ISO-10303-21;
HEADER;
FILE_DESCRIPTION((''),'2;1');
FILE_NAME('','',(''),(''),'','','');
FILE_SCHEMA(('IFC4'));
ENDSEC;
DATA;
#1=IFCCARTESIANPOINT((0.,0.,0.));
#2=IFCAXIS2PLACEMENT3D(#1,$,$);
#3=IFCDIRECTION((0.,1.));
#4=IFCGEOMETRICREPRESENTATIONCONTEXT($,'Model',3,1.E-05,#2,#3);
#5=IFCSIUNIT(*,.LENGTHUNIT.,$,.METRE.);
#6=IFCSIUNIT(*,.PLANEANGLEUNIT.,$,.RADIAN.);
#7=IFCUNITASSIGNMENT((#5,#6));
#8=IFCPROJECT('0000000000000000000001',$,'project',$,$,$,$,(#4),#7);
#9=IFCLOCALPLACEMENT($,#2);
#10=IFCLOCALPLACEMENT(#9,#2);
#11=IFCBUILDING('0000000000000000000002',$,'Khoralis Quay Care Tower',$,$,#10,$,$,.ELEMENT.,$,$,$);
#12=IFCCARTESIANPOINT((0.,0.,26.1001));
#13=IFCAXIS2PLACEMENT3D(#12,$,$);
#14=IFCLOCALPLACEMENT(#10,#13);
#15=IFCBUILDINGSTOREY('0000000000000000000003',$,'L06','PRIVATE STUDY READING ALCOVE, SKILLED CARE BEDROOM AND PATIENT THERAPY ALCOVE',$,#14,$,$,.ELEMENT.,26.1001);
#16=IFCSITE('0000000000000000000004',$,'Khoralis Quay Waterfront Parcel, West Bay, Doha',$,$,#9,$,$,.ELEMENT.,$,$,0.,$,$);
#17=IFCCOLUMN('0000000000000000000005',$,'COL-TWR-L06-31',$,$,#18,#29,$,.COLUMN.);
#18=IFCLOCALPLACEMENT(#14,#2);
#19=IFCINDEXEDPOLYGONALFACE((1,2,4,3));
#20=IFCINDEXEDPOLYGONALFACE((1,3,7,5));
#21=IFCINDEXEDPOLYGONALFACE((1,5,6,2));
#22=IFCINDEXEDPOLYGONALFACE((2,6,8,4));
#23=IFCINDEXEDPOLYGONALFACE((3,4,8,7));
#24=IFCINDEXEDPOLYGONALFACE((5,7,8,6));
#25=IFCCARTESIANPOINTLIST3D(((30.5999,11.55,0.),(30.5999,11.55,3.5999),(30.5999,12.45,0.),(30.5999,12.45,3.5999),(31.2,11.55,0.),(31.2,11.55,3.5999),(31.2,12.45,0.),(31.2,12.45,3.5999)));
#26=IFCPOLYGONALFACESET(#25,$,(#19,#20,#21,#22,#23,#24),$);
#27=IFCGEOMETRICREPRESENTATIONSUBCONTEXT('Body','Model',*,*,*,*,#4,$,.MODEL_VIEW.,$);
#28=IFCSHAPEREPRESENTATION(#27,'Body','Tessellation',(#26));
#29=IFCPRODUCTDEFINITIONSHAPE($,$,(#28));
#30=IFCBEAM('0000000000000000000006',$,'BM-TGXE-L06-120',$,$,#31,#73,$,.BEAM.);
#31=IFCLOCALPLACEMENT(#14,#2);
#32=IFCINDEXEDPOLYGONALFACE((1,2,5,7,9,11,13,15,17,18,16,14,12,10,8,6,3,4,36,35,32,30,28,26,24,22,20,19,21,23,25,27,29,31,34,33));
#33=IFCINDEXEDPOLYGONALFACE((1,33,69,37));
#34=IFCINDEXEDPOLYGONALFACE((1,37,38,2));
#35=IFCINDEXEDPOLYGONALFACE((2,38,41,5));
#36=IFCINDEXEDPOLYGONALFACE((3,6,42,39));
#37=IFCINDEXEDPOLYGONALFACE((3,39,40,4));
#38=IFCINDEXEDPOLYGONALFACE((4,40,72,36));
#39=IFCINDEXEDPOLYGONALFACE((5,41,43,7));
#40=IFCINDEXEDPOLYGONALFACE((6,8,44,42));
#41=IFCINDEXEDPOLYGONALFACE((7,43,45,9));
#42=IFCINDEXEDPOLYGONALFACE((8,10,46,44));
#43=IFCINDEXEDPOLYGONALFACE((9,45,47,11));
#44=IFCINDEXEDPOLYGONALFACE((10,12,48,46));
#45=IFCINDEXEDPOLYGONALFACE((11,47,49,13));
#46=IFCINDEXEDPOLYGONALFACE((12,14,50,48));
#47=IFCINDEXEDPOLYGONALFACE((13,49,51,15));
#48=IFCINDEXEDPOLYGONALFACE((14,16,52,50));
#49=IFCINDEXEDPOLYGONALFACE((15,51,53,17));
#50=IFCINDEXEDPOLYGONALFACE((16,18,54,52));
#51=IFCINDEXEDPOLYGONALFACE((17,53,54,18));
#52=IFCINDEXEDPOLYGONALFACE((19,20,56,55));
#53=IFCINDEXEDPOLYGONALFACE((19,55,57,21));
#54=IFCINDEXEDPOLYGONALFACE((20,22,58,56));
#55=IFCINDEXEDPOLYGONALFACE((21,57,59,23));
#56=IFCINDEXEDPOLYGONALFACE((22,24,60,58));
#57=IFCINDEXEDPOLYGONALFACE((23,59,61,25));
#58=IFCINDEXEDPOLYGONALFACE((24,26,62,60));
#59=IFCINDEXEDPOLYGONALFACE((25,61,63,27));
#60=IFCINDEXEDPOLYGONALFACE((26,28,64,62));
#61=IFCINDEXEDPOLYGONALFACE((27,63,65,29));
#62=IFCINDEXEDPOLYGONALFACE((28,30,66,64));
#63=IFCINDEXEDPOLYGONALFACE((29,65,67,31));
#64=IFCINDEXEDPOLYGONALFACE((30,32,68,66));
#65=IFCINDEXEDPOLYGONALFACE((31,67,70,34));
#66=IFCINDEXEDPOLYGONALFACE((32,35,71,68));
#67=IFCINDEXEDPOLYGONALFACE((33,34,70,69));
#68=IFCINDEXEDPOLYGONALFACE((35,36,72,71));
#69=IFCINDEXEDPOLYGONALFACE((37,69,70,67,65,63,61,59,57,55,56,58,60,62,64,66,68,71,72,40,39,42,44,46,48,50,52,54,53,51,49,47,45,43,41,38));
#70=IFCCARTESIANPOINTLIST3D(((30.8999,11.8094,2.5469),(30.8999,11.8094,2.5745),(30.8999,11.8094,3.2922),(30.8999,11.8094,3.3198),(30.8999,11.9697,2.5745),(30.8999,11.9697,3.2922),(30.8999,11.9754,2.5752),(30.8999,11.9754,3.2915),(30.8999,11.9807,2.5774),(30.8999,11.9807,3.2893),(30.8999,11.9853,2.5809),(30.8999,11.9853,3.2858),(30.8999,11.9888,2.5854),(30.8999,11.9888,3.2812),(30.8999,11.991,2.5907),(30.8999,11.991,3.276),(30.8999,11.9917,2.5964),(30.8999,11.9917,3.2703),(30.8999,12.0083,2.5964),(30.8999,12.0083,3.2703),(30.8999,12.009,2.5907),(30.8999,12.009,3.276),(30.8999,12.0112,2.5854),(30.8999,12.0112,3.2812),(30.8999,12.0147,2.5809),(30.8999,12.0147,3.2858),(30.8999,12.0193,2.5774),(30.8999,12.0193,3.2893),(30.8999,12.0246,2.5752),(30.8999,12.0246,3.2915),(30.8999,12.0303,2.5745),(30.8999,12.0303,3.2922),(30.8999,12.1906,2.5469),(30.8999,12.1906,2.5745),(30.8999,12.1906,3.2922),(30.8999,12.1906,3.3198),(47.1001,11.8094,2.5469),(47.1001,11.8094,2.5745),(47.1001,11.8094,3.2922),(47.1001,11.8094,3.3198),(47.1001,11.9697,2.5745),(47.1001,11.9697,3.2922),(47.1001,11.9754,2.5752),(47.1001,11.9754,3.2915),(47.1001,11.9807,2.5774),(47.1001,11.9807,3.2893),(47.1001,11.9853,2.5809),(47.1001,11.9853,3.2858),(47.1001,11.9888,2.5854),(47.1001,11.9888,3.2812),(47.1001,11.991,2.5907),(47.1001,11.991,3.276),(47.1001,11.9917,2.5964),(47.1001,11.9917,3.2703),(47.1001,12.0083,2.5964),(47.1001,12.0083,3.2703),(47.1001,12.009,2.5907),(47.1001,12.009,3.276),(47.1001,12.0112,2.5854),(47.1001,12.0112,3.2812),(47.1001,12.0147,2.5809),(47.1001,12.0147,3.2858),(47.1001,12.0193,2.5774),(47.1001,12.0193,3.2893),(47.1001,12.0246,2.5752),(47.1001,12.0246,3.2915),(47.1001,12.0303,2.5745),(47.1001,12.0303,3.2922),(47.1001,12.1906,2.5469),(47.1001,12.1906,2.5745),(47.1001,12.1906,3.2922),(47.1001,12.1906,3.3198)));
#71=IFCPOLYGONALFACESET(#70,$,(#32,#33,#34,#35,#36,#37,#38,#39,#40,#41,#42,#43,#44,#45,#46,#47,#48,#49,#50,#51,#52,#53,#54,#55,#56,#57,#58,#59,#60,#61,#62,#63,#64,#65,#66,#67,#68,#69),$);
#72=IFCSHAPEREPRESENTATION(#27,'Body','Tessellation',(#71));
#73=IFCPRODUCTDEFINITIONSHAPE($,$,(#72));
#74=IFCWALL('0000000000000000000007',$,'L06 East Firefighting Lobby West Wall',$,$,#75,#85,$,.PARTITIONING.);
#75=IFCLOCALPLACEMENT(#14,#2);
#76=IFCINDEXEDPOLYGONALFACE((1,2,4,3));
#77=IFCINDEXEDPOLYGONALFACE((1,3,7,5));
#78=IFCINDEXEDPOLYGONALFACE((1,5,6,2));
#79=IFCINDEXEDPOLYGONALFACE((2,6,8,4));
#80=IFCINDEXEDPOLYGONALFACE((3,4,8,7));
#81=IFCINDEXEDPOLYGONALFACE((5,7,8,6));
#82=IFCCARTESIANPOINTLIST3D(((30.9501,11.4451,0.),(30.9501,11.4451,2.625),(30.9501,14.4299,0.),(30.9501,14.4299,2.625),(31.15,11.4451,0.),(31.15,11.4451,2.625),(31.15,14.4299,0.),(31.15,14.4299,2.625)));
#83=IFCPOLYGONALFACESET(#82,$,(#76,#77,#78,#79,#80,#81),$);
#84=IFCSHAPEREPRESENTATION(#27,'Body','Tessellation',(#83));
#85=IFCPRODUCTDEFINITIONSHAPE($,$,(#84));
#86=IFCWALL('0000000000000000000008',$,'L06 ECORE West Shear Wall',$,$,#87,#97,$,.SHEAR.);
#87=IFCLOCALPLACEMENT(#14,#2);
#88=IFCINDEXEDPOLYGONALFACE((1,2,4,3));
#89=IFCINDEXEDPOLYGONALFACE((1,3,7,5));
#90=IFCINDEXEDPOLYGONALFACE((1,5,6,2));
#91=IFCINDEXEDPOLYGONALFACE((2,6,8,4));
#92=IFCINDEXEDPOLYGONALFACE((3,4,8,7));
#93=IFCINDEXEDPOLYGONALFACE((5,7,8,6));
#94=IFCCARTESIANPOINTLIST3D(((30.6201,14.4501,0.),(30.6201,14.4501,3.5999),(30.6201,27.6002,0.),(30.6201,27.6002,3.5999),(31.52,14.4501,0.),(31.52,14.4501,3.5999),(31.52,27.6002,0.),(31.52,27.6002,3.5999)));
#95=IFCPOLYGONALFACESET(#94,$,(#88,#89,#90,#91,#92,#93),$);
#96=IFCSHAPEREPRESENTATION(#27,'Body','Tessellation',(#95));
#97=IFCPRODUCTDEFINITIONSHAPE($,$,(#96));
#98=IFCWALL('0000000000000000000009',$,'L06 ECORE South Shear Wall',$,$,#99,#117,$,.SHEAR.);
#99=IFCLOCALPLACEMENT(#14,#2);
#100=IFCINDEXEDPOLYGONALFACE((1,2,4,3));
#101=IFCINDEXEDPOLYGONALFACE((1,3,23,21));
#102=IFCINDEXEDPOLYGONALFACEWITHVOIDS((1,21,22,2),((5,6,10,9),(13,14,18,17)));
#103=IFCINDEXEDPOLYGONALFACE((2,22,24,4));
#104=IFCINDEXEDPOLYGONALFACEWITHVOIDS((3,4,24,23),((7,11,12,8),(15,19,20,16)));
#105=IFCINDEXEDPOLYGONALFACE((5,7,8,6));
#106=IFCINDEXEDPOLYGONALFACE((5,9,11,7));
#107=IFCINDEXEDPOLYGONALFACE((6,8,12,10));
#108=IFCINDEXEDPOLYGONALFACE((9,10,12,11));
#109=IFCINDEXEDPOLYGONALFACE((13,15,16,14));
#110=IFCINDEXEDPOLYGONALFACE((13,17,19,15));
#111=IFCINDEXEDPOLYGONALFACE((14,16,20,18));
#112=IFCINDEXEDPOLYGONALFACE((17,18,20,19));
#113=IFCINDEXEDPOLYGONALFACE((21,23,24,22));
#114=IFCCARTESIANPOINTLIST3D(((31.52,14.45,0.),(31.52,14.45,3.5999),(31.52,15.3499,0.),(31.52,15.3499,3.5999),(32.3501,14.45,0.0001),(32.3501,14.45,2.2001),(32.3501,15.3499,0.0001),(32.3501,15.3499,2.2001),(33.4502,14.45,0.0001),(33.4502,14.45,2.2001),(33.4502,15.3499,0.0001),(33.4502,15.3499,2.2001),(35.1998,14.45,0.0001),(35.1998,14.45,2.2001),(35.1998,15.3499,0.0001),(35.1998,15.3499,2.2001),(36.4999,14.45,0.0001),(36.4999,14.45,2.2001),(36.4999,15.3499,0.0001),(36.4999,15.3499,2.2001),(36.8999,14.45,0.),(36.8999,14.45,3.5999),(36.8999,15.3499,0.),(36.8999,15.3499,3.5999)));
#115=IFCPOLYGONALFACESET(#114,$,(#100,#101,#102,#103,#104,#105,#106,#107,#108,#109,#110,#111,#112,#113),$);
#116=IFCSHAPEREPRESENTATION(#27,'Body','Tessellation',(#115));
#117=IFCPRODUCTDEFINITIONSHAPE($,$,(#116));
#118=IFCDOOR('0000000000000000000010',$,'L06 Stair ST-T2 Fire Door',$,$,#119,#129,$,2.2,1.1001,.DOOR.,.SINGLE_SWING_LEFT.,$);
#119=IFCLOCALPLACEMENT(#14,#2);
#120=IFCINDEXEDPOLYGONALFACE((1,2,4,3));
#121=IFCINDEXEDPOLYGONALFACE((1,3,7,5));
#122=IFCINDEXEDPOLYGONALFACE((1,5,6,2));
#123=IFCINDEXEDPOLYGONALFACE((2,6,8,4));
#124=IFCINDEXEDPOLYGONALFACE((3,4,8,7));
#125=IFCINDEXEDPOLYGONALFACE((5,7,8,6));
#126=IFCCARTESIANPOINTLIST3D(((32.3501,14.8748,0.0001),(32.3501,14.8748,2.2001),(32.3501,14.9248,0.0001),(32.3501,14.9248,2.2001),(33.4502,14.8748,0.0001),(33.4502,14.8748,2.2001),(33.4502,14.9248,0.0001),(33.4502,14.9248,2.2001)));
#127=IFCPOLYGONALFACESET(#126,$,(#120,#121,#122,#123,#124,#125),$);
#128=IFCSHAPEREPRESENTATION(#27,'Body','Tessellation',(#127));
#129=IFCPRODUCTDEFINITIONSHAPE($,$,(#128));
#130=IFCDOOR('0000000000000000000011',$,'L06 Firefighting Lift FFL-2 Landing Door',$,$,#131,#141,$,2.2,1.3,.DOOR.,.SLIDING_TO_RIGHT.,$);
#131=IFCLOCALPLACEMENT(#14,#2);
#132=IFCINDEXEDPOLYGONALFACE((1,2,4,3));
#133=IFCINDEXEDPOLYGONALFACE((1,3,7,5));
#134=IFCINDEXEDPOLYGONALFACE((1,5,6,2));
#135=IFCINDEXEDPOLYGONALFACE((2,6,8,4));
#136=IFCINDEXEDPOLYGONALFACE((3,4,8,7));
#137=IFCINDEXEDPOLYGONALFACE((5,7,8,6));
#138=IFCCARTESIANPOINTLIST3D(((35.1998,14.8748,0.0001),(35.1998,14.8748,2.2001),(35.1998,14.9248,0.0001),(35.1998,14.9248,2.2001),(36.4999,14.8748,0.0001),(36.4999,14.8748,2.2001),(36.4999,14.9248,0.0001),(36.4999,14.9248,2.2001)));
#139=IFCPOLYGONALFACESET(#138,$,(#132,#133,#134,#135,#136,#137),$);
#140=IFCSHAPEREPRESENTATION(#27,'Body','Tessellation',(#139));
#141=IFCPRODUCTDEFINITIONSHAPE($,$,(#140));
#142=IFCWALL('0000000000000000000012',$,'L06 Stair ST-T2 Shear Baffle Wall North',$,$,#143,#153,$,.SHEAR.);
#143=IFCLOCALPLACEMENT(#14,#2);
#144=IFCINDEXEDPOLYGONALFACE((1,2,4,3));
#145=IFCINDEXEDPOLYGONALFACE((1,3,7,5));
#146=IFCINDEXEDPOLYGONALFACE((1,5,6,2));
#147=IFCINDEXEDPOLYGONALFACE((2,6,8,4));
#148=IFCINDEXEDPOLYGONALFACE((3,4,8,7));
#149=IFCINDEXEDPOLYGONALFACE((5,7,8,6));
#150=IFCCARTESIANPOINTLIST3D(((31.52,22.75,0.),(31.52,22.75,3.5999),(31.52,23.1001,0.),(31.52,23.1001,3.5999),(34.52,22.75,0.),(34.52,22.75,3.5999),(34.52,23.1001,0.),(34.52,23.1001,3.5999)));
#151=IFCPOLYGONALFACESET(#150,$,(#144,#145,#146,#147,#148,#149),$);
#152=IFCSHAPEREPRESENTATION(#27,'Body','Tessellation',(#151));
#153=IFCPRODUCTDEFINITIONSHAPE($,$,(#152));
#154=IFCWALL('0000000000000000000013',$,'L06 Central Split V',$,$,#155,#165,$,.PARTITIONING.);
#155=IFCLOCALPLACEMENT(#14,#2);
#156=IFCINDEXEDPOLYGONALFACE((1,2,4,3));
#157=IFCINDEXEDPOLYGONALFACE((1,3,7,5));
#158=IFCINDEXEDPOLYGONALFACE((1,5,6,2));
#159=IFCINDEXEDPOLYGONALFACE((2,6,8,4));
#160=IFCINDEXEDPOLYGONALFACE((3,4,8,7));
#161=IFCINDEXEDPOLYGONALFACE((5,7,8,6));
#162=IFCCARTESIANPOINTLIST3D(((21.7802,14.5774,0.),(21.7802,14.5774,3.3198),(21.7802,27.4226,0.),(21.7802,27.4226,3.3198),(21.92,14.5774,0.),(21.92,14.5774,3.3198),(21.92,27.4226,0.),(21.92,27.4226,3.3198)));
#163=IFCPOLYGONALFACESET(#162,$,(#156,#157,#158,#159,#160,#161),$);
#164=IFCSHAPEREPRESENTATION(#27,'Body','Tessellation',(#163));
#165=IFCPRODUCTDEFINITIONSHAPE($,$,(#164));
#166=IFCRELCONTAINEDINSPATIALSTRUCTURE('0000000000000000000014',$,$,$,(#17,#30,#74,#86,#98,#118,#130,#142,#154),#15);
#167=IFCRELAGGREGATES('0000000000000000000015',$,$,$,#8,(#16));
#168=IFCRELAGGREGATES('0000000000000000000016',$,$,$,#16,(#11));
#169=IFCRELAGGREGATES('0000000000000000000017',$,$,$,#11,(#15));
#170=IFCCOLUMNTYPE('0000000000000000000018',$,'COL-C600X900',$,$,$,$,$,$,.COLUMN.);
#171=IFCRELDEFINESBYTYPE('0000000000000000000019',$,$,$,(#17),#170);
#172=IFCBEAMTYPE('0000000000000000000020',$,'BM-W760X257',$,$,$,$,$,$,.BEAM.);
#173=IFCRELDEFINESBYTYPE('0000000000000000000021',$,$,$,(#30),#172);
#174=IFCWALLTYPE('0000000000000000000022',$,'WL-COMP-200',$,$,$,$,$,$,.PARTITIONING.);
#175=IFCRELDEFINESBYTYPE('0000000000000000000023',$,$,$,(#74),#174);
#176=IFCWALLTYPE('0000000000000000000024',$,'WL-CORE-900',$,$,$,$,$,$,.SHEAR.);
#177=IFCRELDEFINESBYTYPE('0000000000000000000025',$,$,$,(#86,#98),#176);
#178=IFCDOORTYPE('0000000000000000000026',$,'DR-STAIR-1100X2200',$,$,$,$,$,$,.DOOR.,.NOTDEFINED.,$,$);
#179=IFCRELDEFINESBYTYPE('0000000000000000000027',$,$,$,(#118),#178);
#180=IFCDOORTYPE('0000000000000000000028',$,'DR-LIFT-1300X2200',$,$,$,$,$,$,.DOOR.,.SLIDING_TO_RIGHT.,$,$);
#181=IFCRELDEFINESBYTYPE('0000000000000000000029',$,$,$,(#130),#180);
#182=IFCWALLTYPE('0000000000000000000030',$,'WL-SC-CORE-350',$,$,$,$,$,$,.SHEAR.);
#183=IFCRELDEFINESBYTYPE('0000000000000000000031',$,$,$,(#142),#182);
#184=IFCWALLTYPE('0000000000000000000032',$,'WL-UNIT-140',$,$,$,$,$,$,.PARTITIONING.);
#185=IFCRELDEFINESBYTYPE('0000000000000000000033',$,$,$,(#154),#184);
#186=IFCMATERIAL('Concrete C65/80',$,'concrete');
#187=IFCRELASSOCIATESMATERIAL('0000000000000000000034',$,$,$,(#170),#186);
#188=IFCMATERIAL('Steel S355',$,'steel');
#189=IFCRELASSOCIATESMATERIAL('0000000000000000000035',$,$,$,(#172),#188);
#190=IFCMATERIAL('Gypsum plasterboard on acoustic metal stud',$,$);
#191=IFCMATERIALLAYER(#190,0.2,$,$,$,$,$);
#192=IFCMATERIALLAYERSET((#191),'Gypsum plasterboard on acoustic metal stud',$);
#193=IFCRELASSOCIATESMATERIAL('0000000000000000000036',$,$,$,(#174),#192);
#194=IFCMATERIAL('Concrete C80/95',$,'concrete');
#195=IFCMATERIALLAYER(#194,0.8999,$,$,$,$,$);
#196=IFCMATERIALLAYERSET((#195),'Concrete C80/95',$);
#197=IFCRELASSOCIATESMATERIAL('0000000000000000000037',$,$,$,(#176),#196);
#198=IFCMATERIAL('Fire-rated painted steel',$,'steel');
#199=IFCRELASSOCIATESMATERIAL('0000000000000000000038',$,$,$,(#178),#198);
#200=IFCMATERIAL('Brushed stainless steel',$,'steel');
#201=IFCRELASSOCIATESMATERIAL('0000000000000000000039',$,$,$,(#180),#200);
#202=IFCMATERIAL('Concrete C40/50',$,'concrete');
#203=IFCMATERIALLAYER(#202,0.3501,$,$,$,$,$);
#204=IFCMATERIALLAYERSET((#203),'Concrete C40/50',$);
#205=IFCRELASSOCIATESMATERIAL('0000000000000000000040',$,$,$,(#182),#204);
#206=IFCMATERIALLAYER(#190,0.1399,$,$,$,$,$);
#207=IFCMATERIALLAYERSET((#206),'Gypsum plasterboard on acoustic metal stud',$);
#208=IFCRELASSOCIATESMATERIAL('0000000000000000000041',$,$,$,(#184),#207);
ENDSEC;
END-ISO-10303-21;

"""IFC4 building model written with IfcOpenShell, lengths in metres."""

from ifc_helpers import new_model, si_unit, direction, frame, frame_2d, origin, origin_2d, place, context, subcontext, project, spatial, rectangle, i_section, extrude, source, transform, mapped, material, layer, layer_set, material_profile, profile_set, type_object, element, fill, save


model = new_model("IFC4")

# Units and contexts
model_context = context("Model", 3, precision=1e-05, world=origin(), true_north=direction((0.0, 1.0)))
body_context = subcontext(model_context, "Body", "Model", "MODEL_VIEW")
ifc_project = project(units=[si_unit("LENGTHUNIT", "METRE"), si_unit("PLANEANGLEUNIT", "RADIAN")], contexts=[model_context])

# Site, building, storey
site_placement = place(None, origin())
site = spatial("IfcSite", under=ifc_project, at=site_placement, Name="Khoralis Quay Waterfront Parcel, West Bay, Doha", CompositionType="ELEMENT", RefElevation=0.0)
building_placement = place(site_placement, origin())
building = spatial("IfcBuilding", under=site, at=building_placement, Name="Khoralis Quay Care Tower", CompositionType="ELEMENT")
storey_placement = place(building_placement, frame((0.0, 0.0, 26.1001)))
storey = spatial("IfcBuildingStorey", under=building, at=storey_placement, Name="L06", Description="PRIVATE STUDY READING ALCOVE, SKILLED CARE BEDROOM AND PATIENT THERAPY ALCOVE", CompositionType="ELEMENT", Elevation=26.1001)

# Column
ifc_material_1 = material(Name="Concrete C65/80", Category="concrete")
ifc_material_profile_1 = material_profile(ifc_material_1, rectangle(XDim=0.6001, YDim=0.8999, at=origin_2d()), Name="Concrete C65/80")
ifc_profile_set_1 = profile_set([ifc_material_profile_1], Name="Concrete C65/80")
column_type = type_object("IfcColumnType", Name="COL-C600X900", PredefinedType="COLUMN", material=ifc_profile_set_1)
shared_shape_1 = source(origin(), body_context, "Body", "SweptSolid", [
    extrude(rectangle(XDim=0.6001, YDim=0.8999, at=origin_2d()), origin(), (0.0, 0.0, 1.0), 3.5999),
])
column_placement = place(storey_placement, frame((30.8999, 12.0, 0.0), z_axis=(0.0, 0.0, 1.0), x_axis=(1.0, 0.0, 0.0)))
element("IfcColumn", 1, at=column_placement, inside=storey, type_object=column_type, Name="COL-TWR-L06-31", PredefinedType="COLUMN", context=body_context, shape_type="MappedRepresentation", body=[
    mapped(shared_shape_1, transform((0.0, 0.0, 0.0), scale=1.0)),
])

# Beam
ifc_material_2 = material(Name="Steel S355", Category="steel")
ifc_material_profile_2 = material_profile(ifc_material_2, i_section(OverallWidth=0.3811, OverallDepth=0.7729, WebThickness=0.0166, FlangeThickness=0.0276, FilletRadius=0.022, at=origin_2d()), Name="Steel S355")
ifc_profile_set_2 = profile_set([ifc_material_profile_2], Name="Steel S355")
beam_type = type_object("IfcBeamType", Name="BM-W760X257", PredefinedType="BEAM", material=ifc_profile_set_2)
shared_shape_2 = source(origin(), body_context, "Body", "SweptSolid", [
    extrude(i_section(OverallWidth=0.3811, OverallDepth=0.7729, WebThickness=0.0166, FlangeThickness=0.0276, FilletRadius=0.022, at=origin_2d()), origin(), (0.0, 0.0, 1.0), 16.2002),
])
beam_placement = place(storey_placement, frame((30.8999, 12.0, 2.9333), z_axis=(1.0, 0.0, 0.0), x_axis=(0.0, 1.0, 0.0)))
element("IfcBeam", 2, at=beam_placement, inside=storey, type_object=beam_type, Name="BM-TGXE-L06-120", PredefinedType="BEAM", context=body_context, shape_type="MappedRepresentation", body=[
    mapped(shared_shape_2, transform((0.0, 0.0, 0.0), scale=1.0)),
])

# Walls
ifc_material_3 = material(Name="Gypsum plasterboard on acoustic metal stud")
ifc_layer_1 = layer(ifc_material_3, 0.2)
ifc_layer_set_1 = layer_set([ifc_layer_1], Name="Gypsum plasterboard on acoustic metal stud")
wall_type_1 = type_object("IfcWallType", Name="WL-COMP-200", PredefinedType="PARTITIONING", material=ifc_layer_set_1)
wall_1_placement = place(storey_placement, frame((31.05, 11.4451, 0.0), z_axis=(0.0, 0.0, 1.0), x_axis=(0.0, 1.0, 0.0)))
element("IfcWall", 3, at=wall_1_placement, inside=storey, type_object=wall_type_1, Name="L06 East Firefighting Lobby West Wall", PredefinedType="PARTITIONING", context=body_context, shape_type="SweptSolid", body=[
    extrude(rectangle(XDim=2.9849, YDim=0.2, at=frame_2d((1.4924, 0.0))), origin(), (0.0, 0.0, 1.0), 2.625),
])
ifc_material_4 = material(Name="Concrete C80/95", Category="concrete")
ifc_layer_2 = layer(ifc_material_4, 0.8999)
ifc_layer_set_2 = layer_set([ifc_layer_2], Name="Concrete C80/95")
wall_type_2 = type_object("IfcWallType", Name="WL-CORE-900", PredefinedType="SHEAR", material=ifc_layer_set_2)
wall_2_placement = place(storey_placement, frame((31.0701, 14.45, 0.0), z_axis=(0.0, 0.0, 1.0), x_axis=(0.0, 1.0, 0.0)))
element("IfcWall", 4, at=wall_2_placement, inside=storey, type_object=wall_type_2, Name="L06 ECORE West Shear Wall", PredefinedType="SHEAR", context=body_context, shape_type="SweptSolid", body=[
    extrude(rectangle(XDim=13.1501, YDim=0.8999, at=frame_2d((6.5752, 0.0))), origin(), (0.0, 0.0, 1.0), 3.5999),
])

# Wall, openings, doors
wall_3_placement = place(storey_placement, frame((31.52, 14.8999, 0.0), z_axis=(0.0, 0.0, 1.0), x_axis=(1.0, 0.0, 0.0)))
wall_3 = element("IfcWall", 5, at=wall_3_placement, inside=storey, type_object=wall_type_2, Name="L06 ECORE South Shear Wall", PredefinedType="SHEAR", context=body_context, shape_type="SweptSolid", body=[
    extrude(rectangle(XDim=5.3799, YDim=0.8999, at=frame_2d((2.6899, 0.0))), origin(), (0.0, 0.0, 1.0), 3.5999),
])
opening_1_placement = place(wall_3_placement, frame((0.8301, 0.0, 0.0)))
opening_1 = element("IfcOpeningElement", 6, at=opening_1_placement, cuts=wall_3, PredefinedType="OPENING", context=body_context, shape_type="SweptSolid", body=[
    extrude(rectangle(XDim=1.1001, YDim=2.2, at=frame_2d((0.55, 1.1001))), frame((0.0, 0.46, 0.0), z_axis=(0.0, -1.0, 0.0), x_axis=(1.0, 0.0, 0.0)), (0.0, 0.0, 1.0), 0.9199),
])
opening_2_placement = place(wall_3_placement, frame((3.6799, 0.0, 0.0)))
opening_2 = element("IfcOpeningElement", 7, at=opening_2_placement, cuts=wall_3, PredefinedType="OPENING", context=body_context, shape_type="SweptSolid", body=[
    extrude(rectangle(XDim=1.3, YDim=2.2, at=frame_2d((0.6499, 1.1001))), frame((0.0, 0.46, 0.0), z_axis=(0.0, -1.0, 0.0), x_axis=(1.0, 0.0, 0.0)), (0.0, 0.0, 1.0), 0.9199),
])
ifc_material_5 = material(Name="Fire-rated painted steel", Category="steel")
door_type_1 = type_object("IfcDoorType", Name="DR-STAIR-1100X2200", OperationType="NOTDEFINED", PredefinedType="DOOR", material=ifc_material_5)
shared_shape_3 = source(origin(), body_context, "Body", "SweptSolid", [
    extrude(rectangle(XDim=1.1001, YDim=2.2, at=frame_2d((0.55, 1.1001))), frame((0.0, 0.0249, 0.0), z_axis=(0.0, -1.0, 0.0), x_axis=(1.0, 0.0, 0.0)), (0.0, 0.0, 1.0), 0.05),
])
door_1_placement = place(opening_1_placement, origin())
door_1 = element("IfcDoor", 8, at=door_1_placement, inside=storey, type_object=door_type_1, Name="L06 Stair ST-T2 Fire Door", OperationType="SINGLE_SWING_LEFT", OverallHeight=2.2, OverallWidth=1.1001, PredefinedType="DOOR", context=body_context, shape_type="MappedRepresentation", body=[
    mapped(shared_shape_3, transform((0.0, 0.0, 0.0), scale=1.0)),
])
fill(opening_1, door_1)
ifc_material_6 = material(Name="Brushed stainless steel", Category="steel")
door_type_2 = type_object("IfcDoorType", Name="DR-LIFT-1300X2200", OperationType="SLIDING_TO_RIGHT", PredefinedType="DOOR", material=ifc_material_6)
shared_shape_4 = source(origin(), body_context, "Body", "SweptSolid", [
    extrude(rectangle(XDim=1.3, YDim=2.2, at=frame_2d((0.6499, 1.1001))), frame((0.0, 0.0249, 0.0), z_axis=(0.0, -1.0, 0.0), x_axis=(1.0, 0.0, 0.0)), (0.0, 0.0, 1.0), 0.05),
])
door_2_placement = place(opening_2_placement, origin())
door_2 = element("IfcDoor", 9, at=door_2_placement, inside=storey, type_object=door_type_2, Name="L06 Firefighting Lift FFL-2 Landing Door", OperationType="SLIDING_TO_RIGHT", OverallHeight=2.2, OverallWidth=1.3, PredefinedType="DOOR", context=body_context, shape_type="MappedRepresentation", body=[
    mapped(shared_shape_4, transform((0.0, 0.0, 0.0), scale=1.0)),
])
fill(opening_2, door_2)

# Walls
ifc_material_7 = material(Name="Concrete C40/50", Category="concrete")
ifc_layer_3 = layer(ifc_material_7, 0.3501)
ifc_layer_set_3 = layer_set([ifc_layer_3], Name="Concrete C40/50")
wall_type_3 = type_object("IfcWallType", Name="WL-SC-CORE-350", PredefinedType="SHEAR", material=ifc_layer_set_3)
wall_4_placement = place(storey_placement, frame((31.52, 22.925, 0.0), z_axis=(0.0, 0.0, 1.0), x_axis=(1.0, 0.0, 0.0)))
element("IfcWall", 10, at=wall_4_placement, inside=storey, type_object=wall_type_3, Name="L06 Stair ST-T2 Shear Baffle Wall North", PredefinedType="SHEAR", context=body_context, shape_type="SweptSolid", body=[
    extrude(rectangle(XDim=3.0, YDim=0.3501, at=frame_2d((1.5, 0.0))), origin(), (0.0, 0.0, 1.0), 3.5999),
])
ifc_layer_4 = layer(ifc_material_3, 0.1399)
ifc_layer_set_4 = layer_set([ifc_layer_4], Name="Gypsum plasterboard on acoustic metal stud")
wall_type_4 = type_object("IfcWallType", Name="WL-UNIT-140", PredefinedType="PARTITIONING", material=ifc_layer_set_4)
wall_5_placement = place(storey_placement, frame((21.8501, 14.5774, 0.0), z_axis=(0.0, 0.0, 1.0), x_axis=(0.0, 1.0, 0.0)))
element("IfcWall", 11, at=wall_5_placement, inside=storey, type_object=wall_type_4, Name="L06 Central Split V", PredefinedType="PARTITIONING", context=body_context, shape_type="SweptSolid", body=[
    extrude(rectangle(XDim=12.8452, YDim=0.1399, at=frame_2d((6.4226, 0.0))), origin(), (0.0, 0.0, 1.0), 3.3198),
])

save(model, "model.ifc")
